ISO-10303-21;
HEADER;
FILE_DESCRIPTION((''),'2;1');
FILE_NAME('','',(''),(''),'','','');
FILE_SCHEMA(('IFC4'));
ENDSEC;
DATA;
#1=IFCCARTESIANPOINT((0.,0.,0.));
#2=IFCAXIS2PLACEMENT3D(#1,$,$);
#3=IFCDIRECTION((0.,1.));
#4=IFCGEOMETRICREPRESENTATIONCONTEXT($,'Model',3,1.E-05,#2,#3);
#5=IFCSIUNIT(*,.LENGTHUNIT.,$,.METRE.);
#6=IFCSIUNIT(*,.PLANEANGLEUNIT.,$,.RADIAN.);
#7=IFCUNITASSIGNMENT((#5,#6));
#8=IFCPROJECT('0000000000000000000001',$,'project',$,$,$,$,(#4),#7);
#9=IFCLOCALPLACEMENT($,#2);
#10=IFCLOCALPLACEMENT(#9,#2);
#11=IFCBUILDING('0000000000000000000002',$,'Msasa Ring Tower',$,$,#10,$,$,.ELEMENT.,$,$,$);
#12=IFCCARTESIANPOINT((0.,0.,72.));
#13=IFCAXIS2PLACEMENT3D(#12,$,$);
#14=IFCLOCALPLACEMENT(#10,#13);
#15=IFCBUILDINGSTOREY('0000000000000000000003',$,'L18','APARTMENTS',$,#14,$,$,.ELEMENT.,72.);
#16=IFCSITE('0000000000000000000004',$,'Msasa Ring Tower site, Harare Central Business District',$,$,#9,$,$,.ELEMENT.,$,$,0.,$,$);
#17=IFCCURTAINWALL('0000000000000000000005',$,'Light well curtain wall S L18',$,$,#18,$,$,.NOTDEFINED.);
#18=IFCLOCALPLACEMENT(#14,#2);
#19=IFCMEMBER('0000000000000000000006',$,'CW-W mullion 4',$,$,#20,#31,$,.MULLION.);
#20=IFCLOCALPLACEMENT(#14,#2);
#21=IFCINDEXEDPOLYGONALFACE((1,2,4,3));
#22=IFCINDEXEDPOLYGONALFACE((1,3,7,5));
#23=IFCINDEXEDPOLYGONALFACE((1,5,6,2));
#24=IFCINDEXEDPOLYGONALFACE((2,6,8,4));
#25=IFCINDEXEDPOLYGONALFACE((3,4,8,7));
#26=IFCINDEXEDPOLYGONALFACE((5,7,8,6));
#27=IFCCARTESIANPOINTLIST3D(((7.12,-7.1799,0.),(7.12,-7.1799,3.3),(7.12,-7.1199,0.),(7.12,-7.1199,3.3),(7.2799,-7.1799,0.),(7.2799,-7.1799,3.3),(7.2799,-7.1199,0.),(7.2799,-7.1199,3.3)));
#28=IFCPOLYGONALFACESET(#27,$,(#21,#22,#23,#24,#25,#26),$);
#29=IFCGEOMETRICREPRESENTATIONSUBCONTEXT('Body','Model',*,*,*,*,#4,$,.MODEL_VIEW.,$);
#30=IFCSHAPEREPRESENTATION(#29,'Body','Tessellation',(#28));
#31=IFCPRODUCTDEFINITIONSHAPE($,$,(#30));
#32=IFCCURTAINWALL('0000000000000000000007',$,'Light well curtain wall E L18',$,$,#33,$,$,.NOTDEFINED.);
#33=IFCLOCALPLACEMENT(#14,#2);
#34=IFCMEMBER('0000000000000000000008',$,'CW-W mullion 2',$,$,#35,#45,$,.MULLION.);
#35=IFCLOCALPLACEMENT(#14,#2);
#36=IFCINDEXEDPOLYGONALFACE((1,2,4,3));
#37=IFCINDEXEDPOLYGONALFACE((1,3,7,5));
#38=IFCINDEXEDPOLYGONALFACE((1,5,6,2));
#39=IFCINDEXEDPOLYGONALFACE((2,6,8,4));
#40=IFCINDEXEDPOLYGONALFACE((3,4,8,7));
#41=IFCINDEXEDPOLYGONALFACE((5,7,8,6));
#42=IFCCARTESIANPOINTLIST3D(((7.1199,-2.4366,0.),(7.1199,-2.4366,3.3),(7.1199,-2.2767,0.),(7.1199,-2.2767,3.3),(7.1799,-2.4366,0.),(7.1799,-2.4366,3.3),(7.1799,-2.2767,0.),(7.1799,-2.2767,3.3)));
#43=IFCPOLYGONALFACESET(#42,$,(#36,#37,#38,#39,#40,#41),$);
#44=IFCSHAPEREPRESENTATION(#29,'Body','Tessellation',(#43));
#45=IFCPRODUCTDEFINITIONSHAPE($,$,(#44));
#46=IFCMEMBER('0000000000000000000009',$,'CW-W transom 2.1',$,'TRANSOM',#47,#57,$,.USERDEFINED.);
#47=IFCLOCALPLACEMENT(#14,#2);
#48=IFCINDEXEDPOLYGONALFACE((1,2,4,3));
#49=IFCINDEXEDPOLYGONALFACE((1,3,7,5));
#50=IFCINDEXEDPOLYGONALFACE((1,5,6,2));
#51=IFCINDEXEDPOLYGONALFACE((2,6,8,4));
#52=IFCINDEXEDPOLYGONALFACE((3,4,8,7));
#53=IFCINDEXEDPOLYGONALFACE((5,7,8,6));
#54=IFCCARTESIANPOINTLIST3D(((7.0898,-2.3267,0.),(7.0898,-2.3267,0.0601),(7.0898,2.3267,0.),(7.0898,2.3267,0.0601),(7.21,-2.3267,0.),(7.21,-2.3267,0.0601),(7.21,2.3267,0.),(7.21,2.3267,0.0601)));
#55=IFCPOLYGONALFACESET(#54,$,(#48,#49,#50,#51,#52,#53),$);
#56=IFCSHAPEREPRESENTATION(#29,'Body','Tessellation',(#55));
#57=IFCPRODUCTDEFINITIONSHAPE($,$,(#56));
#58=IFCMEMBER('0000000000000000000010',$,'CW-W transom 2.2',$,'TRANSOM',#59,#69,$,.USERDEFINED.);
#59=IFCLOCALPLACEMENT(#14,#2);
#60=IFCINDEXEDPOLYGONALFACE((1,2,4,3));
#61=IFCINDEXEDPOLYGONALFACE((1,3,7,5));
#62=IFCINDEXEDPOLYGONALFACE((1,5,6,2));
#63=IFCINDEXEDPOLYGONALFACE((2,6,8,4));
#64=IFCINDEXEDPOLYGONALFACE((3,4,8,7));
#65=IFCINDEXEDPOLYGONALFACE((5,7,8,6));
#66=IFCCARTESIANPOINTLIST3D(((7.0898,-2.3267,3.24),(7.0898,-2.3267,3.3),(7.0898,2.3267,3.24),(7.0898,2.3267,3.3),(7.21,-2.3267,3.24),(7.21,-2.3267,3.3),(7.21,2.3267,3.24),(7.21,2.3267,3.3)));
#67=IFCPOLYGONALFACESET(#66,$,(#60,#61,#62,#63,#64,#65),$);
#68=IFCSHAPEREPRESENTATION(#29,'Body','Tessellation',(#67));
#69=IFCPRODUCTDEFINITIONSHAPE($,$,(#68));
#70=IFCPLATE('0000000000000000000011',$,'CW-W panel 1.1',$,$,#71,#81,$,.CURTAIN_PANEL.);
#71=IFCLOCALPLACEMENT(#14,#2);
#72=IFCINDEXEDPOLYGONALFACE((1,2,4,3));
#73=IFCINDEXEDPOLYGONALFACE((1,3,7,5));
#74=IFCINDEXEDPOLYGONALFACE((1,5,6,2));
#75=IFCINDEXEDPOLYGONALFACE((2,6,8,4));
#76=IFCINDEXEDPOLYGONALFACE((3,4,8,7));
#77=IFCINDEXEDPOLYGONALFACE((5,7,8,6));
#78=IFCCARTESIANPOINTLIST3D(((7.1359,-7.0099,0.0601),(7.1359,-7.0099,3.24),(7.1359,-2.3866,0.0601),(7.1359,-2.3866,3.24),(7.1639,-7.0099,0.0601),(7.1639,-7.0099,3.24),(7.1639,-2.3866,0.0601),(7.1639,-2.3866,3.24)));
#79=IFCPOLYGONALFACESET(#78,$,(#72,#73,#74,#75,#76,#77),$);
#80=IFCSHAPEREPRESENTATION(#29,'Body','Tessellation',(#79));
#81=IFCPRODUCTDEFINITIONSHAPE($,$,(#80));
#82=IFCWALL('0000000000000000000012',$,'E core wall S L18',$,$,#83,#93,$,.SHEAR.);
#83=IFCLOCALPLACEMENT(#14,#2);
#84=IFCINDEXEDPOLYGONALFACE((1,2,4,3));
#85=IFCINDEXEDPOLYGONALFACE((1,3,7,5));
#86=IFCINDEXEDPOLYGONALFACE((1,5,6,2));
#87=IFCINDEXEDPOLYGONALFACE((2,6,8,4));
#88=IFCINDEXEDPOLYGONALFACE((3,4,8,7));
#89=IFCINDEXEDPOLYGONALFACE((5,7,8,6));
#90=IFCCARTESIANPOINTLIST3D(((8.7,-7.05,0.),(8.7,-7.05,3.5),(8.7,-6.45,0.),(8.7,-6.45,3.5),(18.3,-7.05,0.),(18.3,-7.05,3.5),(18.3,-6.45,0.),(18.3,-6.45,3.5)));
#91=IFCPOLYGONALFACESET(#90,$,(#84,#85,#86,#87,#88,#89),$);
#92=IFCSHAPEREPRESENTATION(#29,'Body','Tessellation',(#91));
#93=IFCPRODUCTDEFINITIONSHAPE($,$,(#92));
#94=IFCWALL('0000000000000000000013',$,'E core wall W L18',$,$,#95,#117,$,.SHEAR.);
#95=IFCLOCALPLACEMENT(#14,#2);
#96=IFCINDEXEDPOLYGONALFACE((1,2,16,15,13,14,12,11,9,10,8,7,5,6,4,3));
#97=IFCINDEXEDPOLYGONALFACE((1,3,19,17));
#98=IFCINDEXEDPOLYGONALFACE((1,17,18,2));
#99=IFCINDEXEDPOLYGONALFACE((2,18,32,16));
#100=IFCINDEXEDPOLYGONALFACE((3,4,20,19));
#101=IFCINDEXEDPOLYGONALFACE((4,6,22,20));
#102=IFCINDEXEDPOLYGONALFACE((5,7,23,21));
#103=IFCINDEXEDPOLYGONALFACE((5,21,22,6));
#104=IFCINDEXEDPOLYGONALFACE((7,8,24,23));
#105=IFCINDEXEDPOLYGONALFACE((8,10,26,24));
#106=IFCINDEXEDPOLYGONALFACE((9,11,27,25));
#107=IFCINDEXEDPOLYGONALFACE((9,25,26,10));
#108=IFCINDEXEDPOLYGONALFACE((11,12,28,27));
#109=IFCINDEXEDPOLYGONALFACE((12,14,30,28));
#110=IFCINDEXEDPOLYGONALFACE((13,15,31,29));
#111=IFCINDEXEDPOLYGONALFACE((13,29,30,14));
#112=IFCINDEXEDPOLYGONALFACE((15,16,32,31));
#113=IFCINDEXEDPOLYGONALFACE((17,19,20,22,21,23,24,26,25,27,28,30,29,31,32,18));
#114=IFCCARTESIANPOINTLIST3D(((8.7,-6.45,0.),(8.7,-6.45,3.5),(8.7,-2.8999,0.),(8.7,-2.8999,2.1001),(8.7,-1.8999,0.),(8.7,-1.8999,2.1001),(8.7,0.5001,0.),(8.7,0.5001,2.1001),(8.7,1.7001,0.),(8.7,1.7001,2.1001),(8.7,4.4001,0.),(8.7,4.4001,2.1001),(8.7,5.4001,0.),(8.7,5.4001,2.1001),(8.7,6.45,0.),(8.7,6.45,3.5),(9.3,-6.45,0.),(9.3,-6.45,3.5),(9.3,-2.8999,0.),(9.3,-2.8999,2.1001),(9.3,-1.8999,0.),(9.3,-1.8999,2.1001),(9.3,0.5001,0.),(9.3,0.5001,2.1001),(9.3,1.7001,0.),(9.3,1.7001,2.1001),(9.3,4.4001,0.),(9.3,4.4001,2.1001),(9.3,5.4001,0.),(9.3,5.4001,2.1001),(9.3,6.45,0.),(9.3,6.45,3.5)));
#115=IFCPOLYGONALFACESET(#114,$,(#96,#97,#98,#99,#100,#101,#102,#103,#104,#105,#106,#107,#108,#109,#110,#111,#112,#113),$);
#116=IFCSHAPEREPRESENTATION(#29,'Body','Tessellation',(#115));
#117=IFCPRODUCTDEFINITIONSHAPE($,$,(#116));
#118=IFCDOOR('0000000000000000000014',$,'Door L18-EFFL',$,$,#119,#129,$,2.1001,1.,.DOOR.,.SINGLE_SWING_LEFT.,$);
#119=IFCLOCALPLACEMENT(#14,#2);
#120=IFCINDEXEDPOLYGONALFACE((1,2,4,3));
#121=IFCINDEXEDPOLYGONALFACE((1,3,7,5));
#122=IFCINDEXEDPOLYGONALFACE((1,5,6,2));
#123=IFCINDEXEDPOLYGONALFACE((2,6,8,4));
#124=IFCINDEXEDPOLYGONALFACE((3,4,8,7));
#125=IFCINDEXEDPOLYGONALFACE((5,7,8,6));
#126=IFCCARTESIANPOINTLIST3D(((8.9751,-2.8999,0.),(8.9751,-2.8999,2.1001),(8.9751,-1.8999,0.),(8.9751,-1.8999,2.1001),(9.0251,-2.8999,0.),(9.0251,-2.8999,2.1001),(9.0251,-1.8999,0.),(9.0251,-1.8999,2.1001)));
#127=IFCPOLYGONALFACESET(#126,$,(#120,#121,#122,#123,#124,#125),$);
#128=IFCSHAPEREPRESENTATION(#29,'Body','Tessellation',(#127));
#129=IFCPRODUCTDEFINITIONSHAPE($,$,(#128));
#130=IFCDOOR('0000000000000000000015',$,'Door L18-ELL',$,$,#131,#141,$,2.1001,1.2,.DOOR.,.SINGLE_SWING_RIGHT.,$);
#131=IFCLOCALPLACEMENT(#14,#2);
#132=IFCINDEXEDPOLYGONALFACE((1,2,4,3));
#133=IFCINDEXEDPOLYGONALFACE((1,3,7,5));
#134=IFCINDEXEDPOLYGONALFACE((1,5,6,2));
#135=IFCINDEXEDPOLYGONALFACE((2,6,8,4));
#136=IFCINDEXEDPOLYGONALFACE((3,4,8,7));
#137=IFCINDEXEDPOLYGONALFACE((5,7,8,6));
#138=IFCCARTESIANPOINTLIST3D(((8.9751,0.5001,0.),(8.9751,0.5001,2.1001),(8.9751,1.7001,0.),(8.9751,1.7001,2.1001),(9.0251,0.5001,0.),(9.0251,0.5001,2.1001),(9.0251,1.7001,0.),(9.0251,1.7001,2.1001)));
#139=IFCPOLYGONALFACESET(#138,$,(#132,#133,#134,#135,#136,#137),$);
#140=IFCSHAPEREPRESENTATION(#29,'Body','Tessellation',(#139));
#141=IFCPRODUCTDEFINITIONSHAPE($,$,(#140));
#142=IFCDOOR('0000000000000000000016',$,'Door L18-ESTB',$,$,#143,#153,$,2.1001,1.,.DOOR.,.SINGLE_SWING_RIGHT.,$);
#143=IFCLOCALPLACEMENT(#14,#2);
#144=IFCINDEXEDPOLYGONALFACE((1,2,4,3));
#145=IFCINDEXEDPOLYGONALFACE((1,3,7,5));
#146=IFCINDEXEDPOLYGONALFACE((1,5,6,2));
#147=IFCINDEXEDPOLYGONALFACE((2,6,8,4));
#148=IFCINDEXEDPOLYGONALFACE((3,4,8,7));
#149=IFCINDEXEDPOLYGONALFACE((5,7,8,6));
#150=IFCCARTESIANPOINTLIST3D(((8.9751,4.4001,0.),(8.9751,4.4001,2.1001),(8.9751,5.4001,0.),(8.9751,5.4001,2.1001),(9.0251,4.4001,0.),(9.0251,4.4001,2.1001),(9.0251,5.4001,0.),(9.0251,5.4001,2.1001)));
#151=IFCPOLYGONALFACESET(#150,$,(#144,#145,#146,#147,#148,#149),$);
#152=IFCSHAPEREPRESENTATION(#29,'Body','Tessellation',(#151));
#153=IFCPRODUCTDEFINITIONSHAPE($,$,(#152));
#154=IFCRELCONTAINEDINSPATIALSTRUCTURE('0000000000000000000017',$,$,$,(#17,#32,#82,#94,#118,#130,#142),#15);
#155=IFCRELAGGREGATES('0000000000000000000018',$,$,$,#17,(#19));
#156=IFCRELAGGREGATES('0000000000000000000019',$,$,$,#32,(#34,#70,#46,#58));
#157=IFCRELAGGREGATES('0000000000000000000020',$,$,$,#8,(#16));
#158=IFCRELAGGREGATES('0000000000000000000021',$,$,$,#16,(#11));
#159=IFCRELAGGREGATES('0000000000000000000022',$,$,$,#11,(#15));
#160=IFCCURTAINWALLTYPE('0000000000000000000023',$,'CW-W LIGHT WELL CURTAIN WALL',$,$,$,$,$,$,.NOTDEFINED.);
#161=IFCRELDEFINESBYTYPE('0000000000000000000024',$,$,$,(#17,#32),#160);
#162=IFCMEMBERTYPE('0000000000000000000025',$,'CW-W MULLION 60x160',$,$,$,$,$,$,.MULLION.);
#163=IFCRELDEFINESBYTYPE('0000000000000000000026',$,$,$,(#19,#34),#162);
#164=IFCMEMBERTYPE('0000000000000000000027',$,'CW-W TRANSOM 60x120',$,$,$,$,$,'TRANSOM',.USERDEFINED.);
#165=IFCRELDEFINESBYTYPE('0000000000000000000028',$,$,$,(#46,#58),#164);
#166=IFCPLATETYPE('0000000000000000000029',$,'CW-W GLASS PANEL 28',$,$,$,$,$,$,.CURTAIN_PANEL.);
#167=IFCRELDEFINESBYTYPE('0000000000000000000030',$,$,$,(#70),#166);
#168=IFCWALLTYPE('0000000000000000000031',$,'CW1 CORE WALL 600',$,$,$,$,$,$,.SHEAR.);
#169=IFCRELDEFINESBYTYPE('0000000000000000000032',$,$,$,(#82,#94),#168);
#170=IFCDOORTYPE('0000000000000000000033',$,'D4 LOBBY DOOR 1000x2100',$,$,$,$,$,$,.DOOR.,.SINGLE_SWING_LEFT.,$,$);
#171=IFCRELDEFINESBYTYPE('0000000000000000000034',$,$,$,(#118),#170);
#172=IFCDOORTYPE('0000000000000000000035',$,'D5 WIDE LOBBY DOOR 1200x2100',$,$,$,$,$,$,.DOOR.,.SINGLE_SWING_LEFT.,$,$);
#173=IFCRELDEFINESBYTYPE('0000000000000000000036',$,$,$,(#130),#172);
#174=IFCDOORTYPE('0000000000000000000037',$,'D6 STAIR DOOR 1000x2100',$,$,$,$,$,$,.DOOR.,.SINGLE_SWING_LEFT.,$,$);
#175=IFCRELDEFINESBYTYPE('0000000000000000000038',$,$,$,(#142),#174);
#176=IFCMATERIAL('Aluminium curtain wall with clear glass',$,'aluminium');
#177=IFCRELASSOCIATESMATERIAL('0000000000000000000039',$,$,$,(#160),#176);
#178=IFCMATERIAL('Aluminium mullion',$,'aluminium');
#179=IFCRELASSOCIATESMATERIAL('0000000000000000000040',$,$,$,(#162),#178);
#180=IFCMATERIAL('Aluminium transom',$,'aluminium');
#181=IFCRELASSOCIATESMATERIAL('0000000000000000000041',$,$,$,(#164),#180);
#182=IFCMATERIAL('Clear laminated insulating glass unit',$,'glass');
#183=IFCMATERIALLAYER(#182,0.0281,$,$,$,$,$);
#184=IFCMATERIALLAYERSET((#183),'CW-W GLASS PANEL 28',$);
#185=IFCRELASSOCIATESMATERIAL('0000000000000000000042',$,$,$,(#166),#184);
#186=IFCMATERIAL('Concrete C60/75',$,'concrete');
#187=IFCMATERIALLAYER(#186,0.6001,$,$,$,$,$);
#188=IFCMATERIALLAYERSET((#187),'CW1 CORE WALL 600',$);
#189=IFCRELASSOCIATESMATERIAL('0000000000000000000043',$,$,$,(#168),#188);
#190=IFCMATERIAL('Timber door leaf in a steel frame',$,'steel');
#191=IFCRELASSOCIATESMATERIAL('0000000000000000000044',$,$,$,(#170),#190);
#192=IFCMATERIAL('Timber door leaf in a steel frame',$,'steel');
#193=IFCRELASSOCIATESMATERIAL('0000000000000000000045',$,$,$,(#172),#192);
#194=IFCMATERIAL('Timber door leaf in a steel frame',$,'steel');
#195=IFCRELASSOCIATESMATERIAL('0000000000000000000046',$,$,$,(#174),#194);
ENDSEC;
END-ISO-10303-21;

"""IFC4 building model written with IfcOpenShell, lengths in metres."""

from ifc_helpers import new_model, si_unit, direction, frame, frame_2d, origin, origin_2d, place, context, subcontext, project, spatial, rectangle, extrude, material, layer, layer_set, material_profile, profile_set, type_object, element, fill, aggregate, save


model = new_model("IFC4")

# Units and contexts
model_context = context("Model", 3, precision=1e-05, world=origin(), true_north=direction((0.0, 1.0)))
body_context = subcontext(model_context, "Body", "Model", "MODEL_VIEW")
ifc_project = project(units=[si_unit("LENGTHUNIT", "METRE"), si_unit("PLANEANGLEUNIT", "RADIAN")], contexts=[model_context])

# Site, building, storey
site_placement = place(None, origin())
site = spatial("IfcSite", under=ifc_project, at=site_placement, Name="Msasa Ring Tower site, Harare Central Business District", CompositionType="ELEMENT", RefElevation=0.0)
building_placement = place(site_placement, origin())
building = spatial("IfcBuilding", under=site, at=building_placement, Name="Msasa Ring Tower", CompositionType="ELEMENT")
storey_placement = place(building_placement, frame((0.0, 0.0, 72.0)))
storey = spatial("IfcBuildingStorey", under=building, at=storey_placement, Name="L18", Description="APARTMENTS", CompositionType="ELEMENT", Elevation=72.0)

# Curtain wall, member
ifc_material_1 = material(Name="Aluminium curtain wall with clear glass", Category="aluminium")
curtain_wall_type = type_object("IfcCurtainWallType", Name="CW-W LIGHT WELL CURTAIN WALL", PredefinedType="NOTDEFINED", material=ifc_material_1)
curtain_wall_1_placement = place(storey_placement, origin())
curtain_wall_1 = element("IfcCurtainWall", 1, at=curtain_wall_1_placement, inside=storey, type_object=curtain_wall_type, Name="Light well curtain wall S L18", PredefinedType="NOTDEFINED")
ifc_material_2 = material(Name="Aluminium mullion", Category="aluminium")
ifc_material_profile_1 = material_profile(ifc_material_2, rectangle(XDim=0.0601, YDim=0.1599, at=origin_2d()), Name="AL 60x160")
ifc_profile_set_1 = profile_set([ifc_material_profile_1], Name="Aluminium mullion")
member_type_1 = type_object("IfcMemberType", Name="CW-W MULLION 60x160", PredefinedType="MULLION", material=ifc_profile_set_1)
member_1_placement = place(storey_placement, frame((7.2, -7.1499, 0.0), z_axis=(0.0, 0.0, 1.0), x_axis=(0.0, 1.0, 0.0)))
member_1 = element("IfcMember", 2, at=member_1_placement, type_object=member_type_1, Name="CW-W mullion 4", PredefinedType="MULLION", context=body_context, shape_type="SweptSolid", body=[
    extrude(rectangle(XDim=0.0601, YDim=0.1599, at=origin_2d()), origin(), (0.0, 0.0, 1.0), 3.3),
])
aggregate(curtain_wall_1, [member_1])

# Curtain wall, members, plate
curtain_wall_2_placement = place(storey_placement, origin())
curtain_wall_2 = element("IfcCurtainWall", 3, at=curtain_wall_2_placement, inside=storey, type_object=curtain_wall_type, Name="Light well curtain wall E L18", PredefinedType="NOTDEFINED")
member_2_placement = place(storey_placement, frame((7.1499, -2.3567, 0.0), z_axis=(0.0, 0.0, 1.0), x_axis=(-1.0, 0.0, 0.0)))
member_2 = element("IfcMember", 4, at=member_2_placement, type_object=member_type_1, Name="CW-W mullion 2", PredefinedType="MULLION", context=body_context, shape_type="SweptSolid", body=[
    extrude(rectangle(XDim=0.0601, YDim=0.1599, at=origin_2d()), origin(), (0.0, 0.0, 1.0), 3.3),
])
ifc_material_3 = material(Name="Aluminium transom", Category="aluminium")
ifc_material_profile_2 = material_profile(ifc_material_3, rectangle(XDim=0.1201, YDim=0.0601, at=origin_2d()), Name="AL 60x120")
ifc_profile_set_2 = profile_set([ifc_material_profile_2], Name="Aluminium transom")
member_type_2 = type_object("IfcMemberType", Name="CW-W TRANSOM 60x120", ElementType="TRANSOM", PredefinedType="USERDEFINED", material=ifc_profile_set_2)
member_3_placement = place(storey_placement, frame((7.1499, -2.3267, 0.03), z_axis=(0.0, 1.0, 0.0), x_axis=(-1.0, 0.0, 0.0)))
member_3 = element("IfcMember", 5, at=member_3_placement, type_object=member_type_2, Name="CW-W transom 2.1", ObjectType="TRANSOM", PredefinedType="USERDEFINED", context=body_context, shape_type="SweptSolid", body=[
    extrude(rectangle(XDim=0.1201, YDim=0.0601, at=origin_2d()), origin(), (0.0, 0.0, 1.0), 4.6533),
])
member_4_placement = place(storey_placement, frame((7.1499, -2.3267, 3.27), z_axis=(0.0, 1.0, 0.0), x_axis=(-1.0, 0.0, 0.0)))
member_4 = element("IfcMember", 6, at=member_4_placement, type_object=member_type_2, Name="CW-W transom 2.2", ObjectType="TRANSOM", PredefinedType="USERDEFINED", context=body_context, shape_type="SweptSolid", body=[
    extrude(rectangle(XDim=0.1201, YDim=0.0601, at=origin_2d()), origin(), (0.0, 0.0, 1.0), 4.6533),
])
ifc_material_4 = material(Name="Clear laminated insulating glass unit", Category="glass")
ifc_layer_1 = layer(ifc_material_4, 0.0281)
ifc_layer_set_1 = layer_set([ifc_layer_1], Name="CW-W GLASS PANEL 28")
plate_type = type_object("IfcPlateType", Name="CW-W GLASS PANEL 28", PredefinedType="CURTAIN_PANEL", material=ifc_layer_set_1)
plate_placement = place(storey_placement, frame((7.1499, -4.6982, 0.0601), z_axis=(0.0, 0.0, 1.0), x_axis=(0.0, 1.0, 0.0)))
plate = element("IfcPlate", 7, at=plate_placement, type_object=plate_type, Name="CW-W panel 1.1", PredefinedType="CURTAIN_PANEL", context=body_context, shape_type="SweptSolid", body=[
    extrude(rectangle(XDim=4.6233, YDim=0.0281, at=origin_2d()), origin(), (0.0, 0.0, 1.0), 3.1799),
])
aggregate(curtain_wall_2, [member_2, plate, member_3, member_4])

# Wall
ifc_material_5 = material(Name="Concrete C60/75", Category="concrete")
ifc_layer_2 = layer(ifc_material_5, 0.6001)
ifc_layer_set_2 = layer_set([ifc_layer_2], Name="CW1 CORE WALL 600")
wall_type_1 = type_object("IfcWallType", Name="CW1 CORE WALL 600", PredefinedType="SHEAR", material=ifc_layer_set_2)
wall_1_placement = place(storey_placement, frame((8.7, -6.75, 0.0), z_axis=(0.0, 0.0, 1.0), x_axis=(1.0, 0.0, 0.0)))
element("IfcWall", 8, at=wall_1_placement, inside=storey, type_object=wall_type_1, Name="E core wall S L18", PredefinedType="SHEAR", context=body_context, shape_type="SweptSolid", body=[
    extrude(rectangle(XDim=9.6001, YDim=0.6001, at=frame_2d((4.8, 0.0))), origin(), (0.0, 0.0, 1.0), 3.5),
])

# Wall, openings, doors
wall_2_placement = place(storey_placement, frame((9.0, -6.45, 0.0), z_axis=(0.0, 0.0, 1.0), x_axis=(0.0, 1.0, 0.0)))
wall_2 = element("IfcWall", 9, at=wall_2_placement, inside=storey, type_object=wall_type_1, Name="E core wall W L18", PredefinedType="SHEAR", context=body_context, shape_type="SweptSolid", body=[
    extrude(rectangle(XDim=12.8999, YDim=0.6001, at=frame_2d((6.45, 0.0))), origin(), (0.0, 0.0, 1.0), 3.5),
])
opening_1_placement = place(wall_2_placement, frame((3.55, 0.0, 0.0)))
opening_1 = element("IfcOpeningElement", 10, at=opening_1_placement, cuts=wall_2, PredefinedType="OPENING", context=body_context, shape_type="SweptSolid", body=[
    extrude(rectangle(XDim=1.0, YDim=2.1001, at=frame_2d((0.5, 1.05))), frame((0.0, 0.3101, 0.0), z_axis=(0.0, -1.0, 0.0), x_axis=(1.0, 0.0, 0.0)), (0.0, 0.0, 1.0), 0.6201),
])
opening_2_placement = place(wall_2_placement, frame((6.95, 0.0, 0.0)))
opening_2 = element("IfcOpeningElement", 11, at=opening_2_placement, cuts=wall_2, PredefinedType="OPENING", context=body_context, shape_type="SweptSolid", body=[
    extrude(rectangle(XDim=1.2, YDim=2.1001, at=frame_2d((0.6001, 1.05))), frame((0.0, 0.3101, 0.0), z_axis=(0.0, -1.0, 0.0), x_axis=(1.0, 0.0, 0.0)), (0.0, 0.0, 1.0), 0.6201),
])
opening_3_placement = place(wall_2_placement, frame((10.8501, 0.0, 0.0)))
opening_3 = element("IfcOpeningElement", 12, at=opening_3_placement, cuts=wall_2, PredefinedType="OPENING", context=body_context, shape_type="SweptSolid", body=[
    extrude(rectangle(XDim=1.0, YDim=2.1001, at=frame_2d((0.5, 1.05))), frame((0.0, 0.3101, 0.0), z_axis=(0.0, -1.0, 0.0), x_axis=(1.0, 0.0, 0.0)), (0.0, 0.0, 1.0), 0.6201),
])
ifc_material_6 = material(Name="Timber door leaf in a steel frame", Category="steel")
door_type_1 = type_object("IfcDoorType", Name="D4 LOBBY DOOR 1000x2100", OperationType="SINGLE_SWING_LEFT", PredefinedType="DOOR", material=ifc_material_6)
door_1_placement = place(opening_1_placement, origin())
door_1 = element("IfcDoor", 13, at=door_1_placement, inside=storey, type_object=door_type_1, Name="Door L18-EFFL", OperationType="SINGLE_SWING_LEFT", OverallHeight=2.1001, OverallWidth=1.0, PredefinedType="DOOR", context=body_context, shape_type="SweptSolid", body=[
    extrude(rectangle(XDim=1.0, YDim=2.1001, at=frame_2d((0.5, 1.05))), frame((0.0, 0.0249, 0.0), z_axis=(0.0, -1.0, 0.0), x_axis=(1.0, 0.0, 0.0)), (0.0, 0.0, 1.0), 0.05),
])
fill(opening_1, door_1)
ifc_material_7 = material(Name="Timber door leaf in a steel frame", Category="steel")
door_type_2 = type_object("IfcDoorType", Name="D5 WIDE LOBBY DOOR 1200x2100", OperationType="SINGLE_SWING_LEFT", PredefinedType="DOOR", material=ifc_material_7)
door_2_placement = place(opening_2_placement, origin())
door_2 = element("IfcDoor", 14, at=door_2_placement, inside=storey, type_object=door_type_2, Name="Door L18-ELL", OperationType="SINGLE_SWING_RIGHT", OverallHeight=2.1001, OverallWidth=1.2, PredefinedType="DOOR", context=body_context, shape_type="SweptSolid", body=[
    extrude(rectangle(XDim=1.2, YDim=2.1001, at=frame_2d((0.6001, 1.05))), frame((0.0, 0.0249, 0.0), z_axis=(0.0, -1.0, 0.0), x_axis=(1.0, 0.0, 0.0)), (0.0, 0.0, 1.0), 0.05),
])
fill(opening_2, door_2)
ifc_material_8 = material(Name="Timber door leaf in a steel frame", Category="steel")
door_type_3 = type_object("IfcDoorType", Name="D6 STAIR DOOR 1000x2100", OperationType="SINGLE_SWING_LEFT", PredefinedType="DOOR", material=ifc_material_8)
door_3_placement = place(opening_3_placement, origin())
door_3 = element("IfcDoor", 15, at=door_3_placement, inside=storey, type_object=door_type_3, Name="Door L18-ESTB", OperationType="SINGLE_SWING_RIGHT", OverallHeight=2.1001, OverallWidth=1.0, PredefinedType="DOOR", context=body_context, shape_type="SweptSolid", body=[
    extrude(rectangle(XDim=1.0, YDim=2.1001, at=frame_2d((0.5, 1.05))), frame((0.0, 0.0249, 0.0), z_axis=(0.0, -1.0, 0.0), x_axis=(1.0, 0.0, 0.0)), (0.0, 0.0, 1.0), 0.05),
])
fill(opening_3, door_3)

save(model, "model.ifc")
